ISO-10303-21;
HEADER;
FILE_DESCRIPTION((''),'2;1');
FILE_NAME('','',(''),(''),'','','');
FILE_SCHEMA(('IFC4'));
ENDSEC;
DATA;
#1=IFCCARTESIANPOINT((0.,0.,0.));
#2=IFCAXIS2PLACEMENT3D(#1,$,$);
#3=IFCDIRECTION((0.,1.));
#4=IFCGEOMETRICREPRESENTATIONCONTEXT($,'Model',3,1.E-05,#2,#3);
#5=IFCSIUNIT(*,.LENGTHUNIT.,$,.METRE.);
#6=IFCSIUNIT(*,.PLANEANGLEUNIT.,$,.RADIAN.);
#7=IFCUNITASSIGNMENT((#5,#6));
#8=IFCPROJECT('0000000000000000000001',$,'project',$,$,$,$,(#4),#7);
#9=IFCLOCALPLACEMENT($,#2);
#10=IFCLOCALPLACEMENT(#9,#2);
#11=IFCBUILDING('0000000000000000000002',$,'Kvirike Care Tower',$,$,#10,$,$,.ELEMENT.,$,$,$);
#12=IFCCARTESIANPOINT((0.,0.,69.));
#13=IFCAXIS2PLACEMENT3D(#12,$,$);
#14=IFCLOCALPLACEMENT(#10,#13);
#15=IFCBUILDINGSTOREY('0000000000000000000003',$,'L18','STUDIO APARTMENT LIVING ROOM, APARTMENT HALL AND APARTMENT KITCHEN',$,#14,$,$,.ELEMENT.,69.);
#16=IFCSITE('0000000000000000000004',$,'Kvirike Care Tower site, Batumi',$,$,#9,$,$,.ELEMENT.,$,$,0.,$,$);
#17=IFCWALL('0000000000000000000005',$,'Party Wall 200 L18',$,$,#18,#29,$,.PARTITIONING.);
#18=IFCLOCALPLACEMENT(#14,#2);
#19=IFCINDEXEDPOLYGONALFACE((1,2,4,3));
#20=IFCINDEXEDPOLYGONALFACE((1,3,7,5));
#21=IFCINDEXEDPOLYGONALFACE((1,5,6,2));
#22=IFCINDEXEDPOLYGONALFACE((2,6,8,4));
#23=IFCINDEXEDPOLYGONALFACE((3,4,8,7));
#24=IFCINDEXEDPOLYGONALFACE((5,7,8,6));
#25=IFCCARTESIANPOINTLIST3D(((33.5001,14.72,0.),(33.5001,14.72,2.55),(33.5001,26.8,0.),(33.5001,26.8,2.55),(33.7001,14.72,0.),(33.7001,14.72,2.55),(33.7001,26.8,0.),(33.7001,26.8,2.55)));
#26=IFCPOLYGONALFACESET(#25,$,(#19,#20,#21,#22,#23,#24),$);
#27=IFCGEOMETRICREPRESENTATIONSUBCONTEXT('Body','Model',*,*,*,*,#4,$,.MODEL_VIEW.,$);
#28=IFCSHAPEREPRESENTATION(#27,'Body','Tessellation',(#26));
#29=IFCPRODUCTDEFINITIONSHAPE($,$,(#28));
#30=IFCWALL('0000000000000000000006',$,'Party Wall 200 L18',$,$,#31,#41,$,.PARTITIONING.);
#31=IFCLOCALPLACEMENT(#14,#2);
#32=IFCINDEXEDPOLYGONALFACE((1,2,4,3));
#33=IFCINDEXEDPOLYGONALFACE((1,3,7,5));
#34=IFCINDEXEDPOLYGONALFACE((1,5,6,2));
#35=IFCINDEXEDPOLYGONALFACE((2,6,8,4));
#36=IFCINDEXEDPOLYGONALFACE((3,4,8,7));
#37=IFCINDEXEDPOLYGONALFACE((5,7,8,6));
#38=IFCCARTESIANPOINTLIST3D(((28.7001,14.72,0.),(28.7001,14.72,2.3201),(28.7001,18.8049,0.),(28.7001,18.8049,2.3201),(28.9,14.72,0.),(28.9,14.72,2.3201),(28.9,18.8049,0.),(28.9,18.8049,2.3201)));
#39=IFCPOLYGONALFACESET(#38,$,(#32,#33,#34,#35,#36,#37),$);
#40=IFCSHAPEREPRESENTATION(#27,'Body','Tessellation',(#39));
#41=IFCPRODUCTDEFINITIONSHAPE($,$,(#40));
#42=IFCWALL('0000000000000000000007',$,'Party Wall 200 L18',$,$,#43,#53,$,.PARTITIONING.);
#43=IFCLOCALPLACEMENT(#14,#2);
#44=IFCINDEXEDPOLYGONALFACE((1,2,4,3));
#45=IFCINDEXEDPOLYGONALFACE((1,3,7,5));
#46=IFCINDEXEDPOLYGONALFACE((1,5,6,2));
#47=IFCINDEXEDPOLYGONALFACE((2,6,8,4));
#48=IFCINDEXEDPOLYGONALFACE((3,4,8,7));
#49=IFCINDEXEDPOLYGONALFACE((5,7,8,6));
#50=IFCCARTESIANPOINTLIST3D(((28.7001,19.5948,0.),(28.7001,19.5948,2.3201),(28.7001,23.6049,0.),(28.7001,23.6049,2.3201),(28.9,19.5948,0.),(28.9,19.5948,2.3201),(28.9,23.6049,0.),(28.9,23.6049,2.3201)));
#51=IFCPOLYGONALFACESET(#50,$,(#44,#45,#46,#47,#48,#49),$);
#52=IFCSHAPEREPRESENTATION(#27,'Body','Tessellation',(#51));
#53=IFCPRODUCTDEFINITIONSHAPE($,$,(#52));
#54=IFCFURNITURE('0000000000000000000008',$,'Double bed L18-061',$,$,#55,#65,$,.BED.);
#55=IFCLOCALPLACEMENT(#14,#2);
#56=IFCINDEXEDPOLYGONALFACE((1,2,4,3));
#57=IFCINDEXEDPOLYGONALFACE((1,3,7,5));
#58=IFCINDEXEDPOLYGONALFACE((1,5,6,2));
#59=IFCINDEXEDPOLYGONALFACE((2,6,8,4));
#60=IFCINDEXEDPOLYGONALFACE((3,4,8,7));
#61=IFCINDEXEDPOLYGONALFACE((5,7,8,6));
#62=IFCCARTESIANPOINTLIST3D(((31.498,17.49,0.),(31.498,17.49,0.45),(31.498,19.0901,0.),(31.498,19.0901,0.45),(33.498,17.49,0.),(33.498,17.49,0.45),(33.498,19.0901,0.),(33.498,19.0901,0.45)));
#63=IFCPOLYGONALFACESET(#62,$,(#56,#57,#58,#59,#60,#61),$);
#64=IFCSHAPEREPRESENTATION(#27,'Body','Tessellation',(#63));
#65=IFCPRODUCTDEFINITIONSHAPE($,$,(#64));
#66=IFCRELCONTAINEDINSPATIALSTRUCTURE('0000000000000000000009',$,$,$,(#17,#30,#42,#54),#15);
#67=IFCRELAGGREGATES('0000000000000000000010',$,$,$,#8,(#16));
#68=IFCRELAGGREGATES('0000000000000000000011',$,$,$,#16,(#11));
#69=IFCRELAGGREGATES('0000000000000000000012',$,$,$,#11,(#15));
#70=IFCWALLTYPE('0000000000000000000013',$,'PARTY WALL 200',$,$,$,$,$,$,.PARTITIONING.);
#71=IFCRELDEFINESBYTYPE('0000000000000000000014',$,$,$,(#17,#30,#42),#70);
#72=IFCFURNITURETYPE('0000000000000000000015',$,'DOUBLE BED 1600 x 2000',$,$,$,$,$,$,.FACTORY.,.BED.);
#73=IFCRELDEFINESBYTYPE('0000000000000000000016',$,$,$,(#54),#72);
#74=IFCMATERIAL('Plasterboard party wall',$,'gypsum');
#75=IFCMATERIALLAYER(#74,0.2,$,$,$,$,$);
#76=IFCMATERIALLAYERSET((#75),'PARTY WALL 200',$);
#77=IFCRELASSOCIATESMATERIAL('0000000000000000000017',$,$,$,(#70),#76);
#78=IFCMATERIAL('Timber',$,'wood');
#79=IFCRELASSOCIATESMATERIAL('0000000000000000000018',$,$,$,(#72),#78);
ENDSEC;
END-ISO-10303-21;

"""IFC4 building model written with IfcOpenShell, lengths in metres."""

from ifc_helpers import new_model, si_unit, direction, frame, frame_2d, origin, origin_2d, place, context, subcontext, project, spatial, rectangle, extrude, material, layer, layer_set, type_object, element, save


model = new_model("IFC4")

# Units and contexts
model_context = context("Model", 3, precision=1e-05, world=origin(), true_north=direction((0.0, 1.0)))
body_context = subcontext(model_context, "Body", "Model", "MODEL_VIEW")
ifc_project = project(units=[si_unit("LENGTHUNIT", "METRE"), si_unit("PLANEANGLEUNIT", "RADIAN")], contexts=[model_context])

# Site, building, storey
site_placement = place(None, origin())
site = spatial("IfcSite", under=ifc_project, at=site_placement, Name="Kvirike Care Tower site, Batumi", CompositionType="ELEMENT", RefElevation=0.0)
building_placement = place(site_placement, origin())
building = spatial("IfcBuilding", under=site, at=building_placement, Name="Kvirike Care Tower", CompositionType="ELEMENT")
storey_placement = place(building_placement, frame((0.0, 0.0, 69.0)))
storey = spatial("IfcBuildingStorey", under=building, at=storey_placement, Name="L18", Description="STUDIO APARTMENT LIVING ROOM, APARTMENT HALL AND APARTMENT KITCHEN", CompositionType="ELEMENT", Elevation=69.0)

# Walls
ifc_material_1 = material(Name="Plasterboard party wall", Category="gypsum")
ifc_layer_1 = layer(ifc_material_1, 0.2)
ifc_layer_set_1 = layer_set([ifc_layer_1], Name="PARTY WALL 200")
wall_type = type_object("IfcWallType", Name="PARTY WALL 200", PredefinedType="PARTITIONING", material=ifc_layer_set_1)
wall_1_placement = place(storey_placement, frame((33.6001, 14.72, 0.0), z_axis=(0.0, 0.0, 1.0), x_axis=(0.0, 1.0, 0.0)))
element("IfcWall", 1, at=wall_1_placement, inside=storey, type_object=wall_type, Name="Party Wall 200 L18", PredefinedType="PARTITIONING", context=body_context, shape_type="SweptSolid", body=[
    extrude(rectangle(XDim=12.0801, YDim=0.2, at=frame_2d((6.04, 0.0))), origin(), (0.0, 0.0, 1.0), 2.55),
])
wall_2_placement = place(storey_placement, frame((28.8, 14.72, 0.0), z_axis=(0.0, 0.0, 1.0), x_axis=(0.0, 1.0, 0.0)))
element("IfcWall", 2, at=wall_2_placement, inside=storey, type_object=wall_type, Name="Party Wall 200 L18", PredefinedType="PARTITIONING", context=body_context, shape_type="SweptSolid", body=[
    extrude(rectangle(XDim=4.085, YDim=0.2, at=frame_2d((2.0425, 0.0))), origin(), (0.0, 0.0, 1.0), 2.3201),
])
wall_3_placement = place(storey_placement, frame((28.8, 19.595, 0.0), z_axis=(0.0, 0.0, 1.0), x_axis=(0.0, 1.0, 0.0)))
element("IfcWall", 3, at=wall_3_placement, inside=storey, type_object=wall_type, Name="Party Wall 200 L18", PredefinedType="PARTITIONING", context=body_context, shape_type="SweptSolid", body=[
    extrude(rectangle(XDim=4.01, YDim=0.2, at=frame_2d((2.0049, 0.0))), origin(), (0.0, 0.0, 1.0), 2.3201),
])

# Furniture
ifc_material_2 = material(Name="Timber", Category="wood")
furniture_type = type_object("IfcFurnitureType", Name="DOUBLE BED 1600 x 2000", AssemblyPlace="FACTORY", PredefinedType="BED", material=ifc_material_2)
furniture_placement = place(storey_placement, frame((32.498, 18.29, 0.0), z_axis=(0.0, 0.0, 1.0), x_axis=(0.0, -1.0, 0.0)))
element("IfcFurniture", 4, at=furniture_placement, inside=storey, type_object=furniture_type, Name="Double bed L18-061", PredefinedType="BED", context=body_context, shape_type="SweptSolid", body=[
    extrude(rectangle(XDim=1.6001, YDim=2.0, at=origin_2d()), origin(), (0.0, 0.0, 1.0), 0.45),
])

save(model, "model.ifc")
